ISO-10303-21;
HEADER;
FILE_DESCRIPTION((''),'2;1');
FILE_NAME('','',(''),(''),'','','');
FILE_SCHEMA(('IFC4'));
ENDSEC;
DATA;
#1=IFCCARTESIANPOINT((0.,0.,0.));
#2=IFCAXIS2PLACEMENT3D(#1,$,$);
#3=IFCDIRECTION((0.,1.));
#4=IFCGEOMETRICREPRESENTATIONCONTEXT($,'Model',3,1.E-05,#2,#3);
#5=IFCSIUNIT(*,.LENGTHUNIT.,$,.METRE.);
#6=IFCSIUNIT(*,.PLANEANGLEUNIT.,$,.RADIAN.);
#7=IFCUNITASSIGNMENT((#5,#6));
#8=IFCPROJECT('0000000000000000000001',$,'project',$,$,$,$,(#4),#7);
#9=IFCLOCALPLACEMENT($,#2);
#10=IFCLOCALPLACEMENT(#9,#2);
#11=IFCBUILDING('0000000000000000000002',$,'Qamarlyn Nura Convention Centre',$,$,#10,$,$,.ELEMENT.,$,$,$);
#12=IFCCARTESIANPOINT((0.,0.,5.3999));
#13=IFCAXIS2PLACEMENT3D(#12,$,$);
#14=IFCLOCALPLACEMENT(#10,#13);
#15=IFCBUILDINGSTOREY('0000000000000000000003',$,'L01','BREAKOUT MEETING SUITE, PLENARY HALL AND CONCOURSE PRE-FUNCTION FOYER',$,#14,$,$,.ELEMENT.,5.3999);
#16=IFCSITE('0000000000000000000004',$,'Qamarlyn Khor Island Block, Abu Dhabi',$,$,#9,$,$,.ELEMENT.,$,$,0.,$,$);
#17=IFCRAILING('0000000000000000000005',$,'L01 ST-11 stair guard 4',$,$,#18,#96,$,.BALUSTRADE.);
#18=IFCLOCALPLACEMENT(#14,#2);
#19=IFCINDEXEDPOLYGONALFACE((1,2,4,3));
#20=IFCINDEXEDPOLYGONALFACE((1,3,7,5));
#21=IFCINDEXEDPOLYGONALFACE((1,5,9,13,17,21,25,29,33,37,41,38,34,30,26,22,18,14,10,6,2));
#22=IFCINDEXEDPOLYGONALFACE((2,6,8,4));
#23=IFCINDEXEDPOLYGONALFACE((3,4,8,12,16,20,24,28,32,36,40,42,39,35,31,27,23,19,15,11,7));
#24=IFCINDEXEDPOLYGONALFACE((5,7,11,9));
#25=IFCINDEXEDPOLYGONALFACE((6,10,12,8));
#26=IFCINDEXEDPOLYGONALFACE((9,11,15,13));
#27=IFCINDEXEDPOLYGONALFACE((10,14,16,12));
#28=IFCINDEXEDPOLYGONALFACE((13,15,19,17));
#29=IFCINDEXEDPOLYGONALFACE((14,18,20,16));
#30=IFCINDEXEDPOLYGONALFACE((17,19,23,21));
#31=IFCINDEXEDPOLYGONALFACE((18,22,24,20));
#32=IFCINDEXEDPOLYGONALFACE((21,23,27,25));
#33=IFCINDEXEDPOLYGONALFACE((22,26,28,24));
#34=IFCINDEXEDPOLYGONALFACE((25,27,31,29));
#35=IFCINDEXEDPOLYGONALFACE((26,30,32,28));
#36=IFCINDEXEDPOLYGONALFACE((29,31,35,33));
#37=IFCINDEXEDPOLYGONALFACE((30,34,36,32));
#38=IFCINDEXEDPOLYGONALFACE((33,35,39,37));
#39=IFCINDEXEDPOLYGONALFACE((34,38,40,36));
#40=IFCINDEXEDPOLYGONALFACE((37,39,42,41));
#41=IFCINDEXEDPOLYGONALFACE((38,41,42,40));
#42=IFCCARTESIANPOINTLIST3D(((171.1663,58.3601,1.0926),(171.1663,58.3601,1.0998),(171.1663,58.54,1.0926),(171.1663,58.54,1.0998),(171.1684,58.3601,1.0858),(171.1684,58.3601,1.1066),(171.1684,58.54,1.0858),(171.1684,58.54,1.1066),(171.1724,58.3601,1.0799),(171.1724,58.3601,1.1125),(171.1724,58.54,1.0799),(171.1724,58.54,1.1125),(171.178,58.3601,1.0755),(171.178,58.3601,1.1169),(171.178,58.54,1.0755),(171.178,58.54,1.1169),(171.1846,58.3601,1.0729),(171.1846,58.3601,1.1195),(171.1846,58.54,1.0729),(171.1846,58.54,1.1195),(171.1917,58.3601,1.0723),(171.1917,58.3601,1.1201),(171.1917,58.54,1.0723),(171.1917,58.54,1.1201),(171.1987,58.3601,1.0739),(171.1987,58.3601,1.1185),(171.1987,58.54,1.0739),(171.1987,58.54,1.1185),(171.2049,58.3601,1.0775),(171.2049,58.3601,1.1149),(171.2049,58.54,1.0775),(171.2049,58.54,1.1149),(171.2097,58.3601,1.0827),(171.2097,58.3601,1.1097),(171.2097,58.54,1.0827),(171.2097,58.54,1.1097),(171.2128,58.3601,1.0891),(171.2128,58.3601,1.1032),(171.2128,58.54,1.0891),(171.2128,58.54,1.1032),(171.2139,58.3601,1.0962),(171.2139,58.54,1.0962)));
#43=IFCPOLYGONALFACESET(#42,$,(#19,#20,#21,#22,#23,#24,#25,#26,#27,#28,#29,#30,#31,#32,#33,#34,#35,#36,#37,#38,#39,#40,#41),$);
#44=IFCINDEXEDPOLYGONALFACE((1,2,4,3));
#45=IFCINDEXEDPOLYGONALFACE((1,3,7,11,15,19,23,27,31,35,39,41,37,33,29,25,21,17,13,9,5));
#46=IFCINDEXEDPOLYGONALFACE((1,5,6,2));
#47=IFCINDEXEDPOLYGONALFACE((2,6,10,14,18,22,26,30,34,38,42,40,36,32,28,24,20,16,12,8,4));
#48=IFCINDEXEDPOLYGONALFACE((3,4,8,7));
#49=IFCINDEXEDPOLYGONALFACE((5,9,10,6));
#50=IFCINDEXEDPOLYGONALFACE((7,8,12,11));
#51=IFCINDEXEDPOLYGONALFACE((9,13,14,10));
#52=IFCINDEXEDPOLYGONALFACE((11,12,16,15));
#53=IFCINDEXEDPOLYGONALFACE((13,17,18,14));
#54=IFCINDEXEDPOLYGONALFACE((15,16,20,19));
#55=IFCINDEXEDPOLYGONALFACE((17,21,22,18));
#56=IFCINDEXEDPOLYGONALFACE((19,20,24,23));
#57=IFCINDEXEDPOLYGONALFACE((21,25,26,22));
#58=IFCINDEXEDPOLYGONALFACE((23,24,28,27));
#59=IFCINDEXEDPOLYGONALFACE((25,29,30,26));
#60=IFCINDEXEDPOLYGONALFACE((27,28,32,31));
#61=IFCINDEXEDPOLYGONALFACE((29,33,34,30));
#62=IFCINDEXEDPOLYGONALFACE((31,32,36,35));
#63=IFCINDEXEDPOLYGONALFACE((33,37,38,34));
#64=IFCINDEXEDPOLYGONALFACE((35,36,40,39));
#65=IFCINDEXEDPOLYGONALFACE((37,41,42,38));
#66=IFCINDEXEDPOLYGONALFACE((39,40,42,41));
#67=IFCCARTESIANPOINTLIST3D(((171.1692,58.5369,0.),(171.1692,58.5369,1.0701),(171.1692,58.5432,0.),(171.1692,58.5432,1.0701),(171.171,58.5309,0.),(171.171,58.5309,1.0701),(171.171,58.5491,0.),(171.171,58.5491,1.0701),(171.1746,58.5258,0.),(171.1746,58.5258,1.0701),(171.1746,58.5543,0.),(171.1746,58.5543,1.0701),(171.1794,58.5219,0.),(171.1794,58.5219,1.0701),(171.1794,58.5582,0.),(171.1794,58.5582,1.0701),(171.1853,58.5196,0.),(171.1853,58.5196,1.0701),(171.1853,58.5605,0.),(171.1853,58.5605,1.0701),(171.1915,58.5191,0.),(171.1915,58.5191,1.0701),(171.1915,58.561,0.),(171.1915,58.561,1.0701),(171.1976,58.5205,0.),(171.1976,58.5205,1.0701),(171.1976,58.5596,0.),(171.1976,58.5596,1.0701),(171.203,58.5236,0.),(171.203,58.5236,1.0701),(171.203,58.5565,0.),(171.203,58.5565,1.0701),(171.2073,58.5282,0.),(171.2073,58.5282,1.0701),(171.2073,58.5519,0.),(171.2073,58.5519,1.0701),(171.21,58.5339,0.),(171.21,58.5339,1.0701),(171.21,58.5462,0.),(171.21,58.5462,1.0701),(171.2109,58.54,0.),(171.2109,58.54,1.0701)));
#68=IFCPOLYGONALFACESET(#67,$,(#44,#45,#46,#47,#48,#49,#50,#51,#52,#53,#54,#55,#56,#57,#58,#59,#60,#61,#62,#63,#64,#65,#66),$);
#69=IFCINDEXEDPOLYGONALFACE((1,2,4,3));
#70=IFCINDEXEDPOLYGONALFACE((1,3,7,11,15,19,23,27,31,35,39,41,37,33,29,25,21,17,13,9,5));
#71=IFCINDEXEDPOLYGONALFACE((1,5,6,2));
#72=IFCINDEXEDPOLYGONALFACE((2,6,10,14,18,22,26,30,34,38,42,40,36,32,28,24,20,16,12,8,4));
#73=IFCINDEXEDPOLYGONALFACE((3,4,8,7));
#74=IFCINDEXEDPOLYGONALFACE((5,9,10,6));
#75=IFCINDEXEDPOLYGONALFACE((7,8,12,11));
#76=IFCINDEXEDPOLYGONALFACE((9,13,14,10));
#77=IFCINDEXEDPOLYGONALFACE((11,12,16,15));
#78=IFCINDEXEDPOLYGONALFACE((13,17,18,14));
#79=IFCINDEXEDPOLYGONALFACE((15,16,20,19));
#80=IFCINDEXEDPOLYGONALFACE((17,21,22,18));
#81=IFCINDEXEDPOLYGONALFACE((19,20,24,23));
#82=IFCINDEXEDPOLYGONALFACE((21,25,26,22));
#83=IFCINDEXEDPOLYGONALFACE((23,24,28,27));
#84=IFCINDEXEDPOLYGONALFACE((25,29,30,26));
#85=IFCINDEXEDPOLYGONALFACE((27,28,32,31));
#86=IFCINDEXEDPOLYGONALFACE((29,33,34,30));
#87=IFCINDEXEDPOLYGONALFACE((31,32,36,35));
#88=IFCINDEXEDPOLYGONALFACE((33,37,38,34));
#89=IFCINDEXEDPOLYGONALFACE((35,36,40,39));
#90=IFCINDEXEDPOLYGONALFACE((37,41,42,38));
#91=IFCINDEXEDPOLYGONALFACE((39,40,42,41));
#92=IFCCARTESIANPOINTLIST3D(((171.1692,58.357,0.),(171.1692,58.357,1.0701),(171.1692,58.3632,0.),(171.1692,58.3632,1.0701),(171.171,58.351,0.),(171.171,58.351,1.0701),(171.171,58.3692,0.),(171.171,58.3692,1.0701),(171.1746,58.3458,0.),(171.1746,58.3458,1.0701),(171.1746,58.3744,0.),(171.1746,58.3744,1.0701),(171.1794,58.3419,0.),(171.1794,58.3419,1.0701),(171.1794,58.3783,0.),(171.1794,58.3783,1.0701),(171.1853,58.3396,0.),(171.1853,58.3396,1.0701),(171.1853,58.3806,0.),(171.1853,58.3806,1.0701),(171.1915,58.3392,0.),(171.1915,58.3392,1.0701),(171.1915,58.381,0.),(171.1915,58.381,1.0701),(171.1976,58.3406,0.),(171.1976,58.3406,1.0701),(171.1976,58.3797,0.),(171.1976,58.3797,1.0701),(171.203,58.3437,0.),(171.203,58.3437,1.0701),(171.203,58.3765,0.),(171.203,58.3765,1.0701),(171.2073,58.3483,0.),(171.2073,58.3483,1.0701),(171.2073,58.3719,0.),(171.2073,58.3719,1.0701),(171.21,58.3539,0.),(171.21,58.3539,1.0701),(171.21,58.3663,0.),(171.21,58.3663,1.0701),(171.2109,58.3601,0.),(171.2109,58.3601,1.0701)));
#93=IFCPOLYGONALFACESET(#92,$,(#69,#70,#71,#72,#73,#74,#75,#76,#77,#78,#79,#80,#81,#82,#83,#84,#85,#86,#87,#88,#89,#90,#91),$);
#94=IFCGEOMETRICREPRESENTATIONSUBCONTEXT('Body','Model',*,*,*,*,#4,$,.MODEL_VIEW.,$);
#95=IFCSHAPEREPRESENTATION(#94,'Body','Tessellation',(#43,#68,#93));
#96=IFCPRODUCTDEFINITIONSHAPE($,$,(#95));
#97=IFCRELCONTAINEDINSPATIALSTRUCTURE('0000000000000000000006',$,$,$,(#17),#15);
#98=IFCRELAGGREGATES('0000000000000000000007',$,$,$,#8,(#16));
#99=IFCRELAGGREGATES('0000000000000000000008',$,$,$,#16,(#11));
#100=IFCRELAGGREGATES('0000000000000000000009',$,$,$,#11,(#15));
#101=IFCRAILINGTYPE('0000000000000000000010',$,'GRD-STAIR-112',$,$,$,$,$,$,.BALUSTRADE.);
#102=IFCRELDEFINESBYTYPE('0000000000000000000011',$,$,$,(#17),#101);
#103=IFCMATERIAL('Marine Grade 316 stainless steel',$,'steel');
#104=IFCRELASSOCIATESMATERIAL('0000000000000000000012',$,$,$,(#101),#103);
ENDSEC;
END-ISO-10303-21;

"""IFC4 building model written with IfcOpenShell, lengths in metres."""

from ifc_helpers import new_model, si_unit, direction, frame, origin, origin_2d, place, context, subcontext, project, spatial, circle, extrude, material, type_object, element, save


model = new_model("IFC4")

# Units and contexts
model_context = context("Model", 3, precision=1e-05, world=origin(), true_north=direction((0.0, 1.0)))
body_context = subcontext(model_context, "Body", "Model", "MODEL_VIEW")
ifc_project = project(units=[si_unit("LENGTHUNIT", "METRE"), si_unit("PLANEANGLEUNIT", "RADIAN")], contexts=[model_context])

# Site, building, storey
site_placement = place(None, origin())
site = spatial("IfcSite", under=ifc_project, at=site_placement, Name="Qamarlyn Khor Island Block, Abu Dhabi", CompositionType="ELEMENT", RefElevation=0.0)
building_placement = place(site_placement, origin())
building = spatial("IfcBuilding", under=site, at=building_placement, Name="Qamarlyn Nura Convention Centre", CompositionType="ELEMENT")
storey_placement = place(building_placement, frame((0.0, 0.0, 5.3999)))
storey = spatial("IfcBuildingStorey", under=building, at=storey_placement, Name="L01", Description="BREAKOUT MEETING SUITE, PLENARY HALL AND CONCOURSE PRE-FUNCTION FOYER", CompositionType="ELEMENT", Elevation=5.3999)

# Railing
ifc_material_1 = material(Name="Marine Grade 316 stainless steel", Category="steel")
railing_type_1 = type_object("IfcRailingType", Name="GRD-STAIR-112", PredefinedType="BALUSTRADE", material=ifc_material_1)
railing_1_placement = place(storey_placement, frame((171.1899, 58.54, 0.0)))
element("IfcRailing", 1, at=railing_1_placement, inside=storey, type_object=railing_type_1, Name="L01 ST-11 stair guard 4", PredefinedType="BALUSTRADE", context=body_context, shape_type="SweptSolid", body=[
    extrude(circle(Radius=0.0239, at=origin_2d()), frame((0.0, 0.0, 1.0962), z_axis=(0.0, -1.0, 0.0), x_axis=(1.0, 0.0, 0.0)), (0.0, 0.0, 1.0), 0.1799),
    extrude(circle(Radius=0.021, at=origin_2d()), origin(), (0.0, 0.0, 1.0), 1.0701),
    extrude(circle(Radius=0.021, at=origin_2d()), frame((0.0, -0.1799, 0.0)), (0.0, 0.0, 1.0), 1.0701),
])

save(model, "model.ifc")
